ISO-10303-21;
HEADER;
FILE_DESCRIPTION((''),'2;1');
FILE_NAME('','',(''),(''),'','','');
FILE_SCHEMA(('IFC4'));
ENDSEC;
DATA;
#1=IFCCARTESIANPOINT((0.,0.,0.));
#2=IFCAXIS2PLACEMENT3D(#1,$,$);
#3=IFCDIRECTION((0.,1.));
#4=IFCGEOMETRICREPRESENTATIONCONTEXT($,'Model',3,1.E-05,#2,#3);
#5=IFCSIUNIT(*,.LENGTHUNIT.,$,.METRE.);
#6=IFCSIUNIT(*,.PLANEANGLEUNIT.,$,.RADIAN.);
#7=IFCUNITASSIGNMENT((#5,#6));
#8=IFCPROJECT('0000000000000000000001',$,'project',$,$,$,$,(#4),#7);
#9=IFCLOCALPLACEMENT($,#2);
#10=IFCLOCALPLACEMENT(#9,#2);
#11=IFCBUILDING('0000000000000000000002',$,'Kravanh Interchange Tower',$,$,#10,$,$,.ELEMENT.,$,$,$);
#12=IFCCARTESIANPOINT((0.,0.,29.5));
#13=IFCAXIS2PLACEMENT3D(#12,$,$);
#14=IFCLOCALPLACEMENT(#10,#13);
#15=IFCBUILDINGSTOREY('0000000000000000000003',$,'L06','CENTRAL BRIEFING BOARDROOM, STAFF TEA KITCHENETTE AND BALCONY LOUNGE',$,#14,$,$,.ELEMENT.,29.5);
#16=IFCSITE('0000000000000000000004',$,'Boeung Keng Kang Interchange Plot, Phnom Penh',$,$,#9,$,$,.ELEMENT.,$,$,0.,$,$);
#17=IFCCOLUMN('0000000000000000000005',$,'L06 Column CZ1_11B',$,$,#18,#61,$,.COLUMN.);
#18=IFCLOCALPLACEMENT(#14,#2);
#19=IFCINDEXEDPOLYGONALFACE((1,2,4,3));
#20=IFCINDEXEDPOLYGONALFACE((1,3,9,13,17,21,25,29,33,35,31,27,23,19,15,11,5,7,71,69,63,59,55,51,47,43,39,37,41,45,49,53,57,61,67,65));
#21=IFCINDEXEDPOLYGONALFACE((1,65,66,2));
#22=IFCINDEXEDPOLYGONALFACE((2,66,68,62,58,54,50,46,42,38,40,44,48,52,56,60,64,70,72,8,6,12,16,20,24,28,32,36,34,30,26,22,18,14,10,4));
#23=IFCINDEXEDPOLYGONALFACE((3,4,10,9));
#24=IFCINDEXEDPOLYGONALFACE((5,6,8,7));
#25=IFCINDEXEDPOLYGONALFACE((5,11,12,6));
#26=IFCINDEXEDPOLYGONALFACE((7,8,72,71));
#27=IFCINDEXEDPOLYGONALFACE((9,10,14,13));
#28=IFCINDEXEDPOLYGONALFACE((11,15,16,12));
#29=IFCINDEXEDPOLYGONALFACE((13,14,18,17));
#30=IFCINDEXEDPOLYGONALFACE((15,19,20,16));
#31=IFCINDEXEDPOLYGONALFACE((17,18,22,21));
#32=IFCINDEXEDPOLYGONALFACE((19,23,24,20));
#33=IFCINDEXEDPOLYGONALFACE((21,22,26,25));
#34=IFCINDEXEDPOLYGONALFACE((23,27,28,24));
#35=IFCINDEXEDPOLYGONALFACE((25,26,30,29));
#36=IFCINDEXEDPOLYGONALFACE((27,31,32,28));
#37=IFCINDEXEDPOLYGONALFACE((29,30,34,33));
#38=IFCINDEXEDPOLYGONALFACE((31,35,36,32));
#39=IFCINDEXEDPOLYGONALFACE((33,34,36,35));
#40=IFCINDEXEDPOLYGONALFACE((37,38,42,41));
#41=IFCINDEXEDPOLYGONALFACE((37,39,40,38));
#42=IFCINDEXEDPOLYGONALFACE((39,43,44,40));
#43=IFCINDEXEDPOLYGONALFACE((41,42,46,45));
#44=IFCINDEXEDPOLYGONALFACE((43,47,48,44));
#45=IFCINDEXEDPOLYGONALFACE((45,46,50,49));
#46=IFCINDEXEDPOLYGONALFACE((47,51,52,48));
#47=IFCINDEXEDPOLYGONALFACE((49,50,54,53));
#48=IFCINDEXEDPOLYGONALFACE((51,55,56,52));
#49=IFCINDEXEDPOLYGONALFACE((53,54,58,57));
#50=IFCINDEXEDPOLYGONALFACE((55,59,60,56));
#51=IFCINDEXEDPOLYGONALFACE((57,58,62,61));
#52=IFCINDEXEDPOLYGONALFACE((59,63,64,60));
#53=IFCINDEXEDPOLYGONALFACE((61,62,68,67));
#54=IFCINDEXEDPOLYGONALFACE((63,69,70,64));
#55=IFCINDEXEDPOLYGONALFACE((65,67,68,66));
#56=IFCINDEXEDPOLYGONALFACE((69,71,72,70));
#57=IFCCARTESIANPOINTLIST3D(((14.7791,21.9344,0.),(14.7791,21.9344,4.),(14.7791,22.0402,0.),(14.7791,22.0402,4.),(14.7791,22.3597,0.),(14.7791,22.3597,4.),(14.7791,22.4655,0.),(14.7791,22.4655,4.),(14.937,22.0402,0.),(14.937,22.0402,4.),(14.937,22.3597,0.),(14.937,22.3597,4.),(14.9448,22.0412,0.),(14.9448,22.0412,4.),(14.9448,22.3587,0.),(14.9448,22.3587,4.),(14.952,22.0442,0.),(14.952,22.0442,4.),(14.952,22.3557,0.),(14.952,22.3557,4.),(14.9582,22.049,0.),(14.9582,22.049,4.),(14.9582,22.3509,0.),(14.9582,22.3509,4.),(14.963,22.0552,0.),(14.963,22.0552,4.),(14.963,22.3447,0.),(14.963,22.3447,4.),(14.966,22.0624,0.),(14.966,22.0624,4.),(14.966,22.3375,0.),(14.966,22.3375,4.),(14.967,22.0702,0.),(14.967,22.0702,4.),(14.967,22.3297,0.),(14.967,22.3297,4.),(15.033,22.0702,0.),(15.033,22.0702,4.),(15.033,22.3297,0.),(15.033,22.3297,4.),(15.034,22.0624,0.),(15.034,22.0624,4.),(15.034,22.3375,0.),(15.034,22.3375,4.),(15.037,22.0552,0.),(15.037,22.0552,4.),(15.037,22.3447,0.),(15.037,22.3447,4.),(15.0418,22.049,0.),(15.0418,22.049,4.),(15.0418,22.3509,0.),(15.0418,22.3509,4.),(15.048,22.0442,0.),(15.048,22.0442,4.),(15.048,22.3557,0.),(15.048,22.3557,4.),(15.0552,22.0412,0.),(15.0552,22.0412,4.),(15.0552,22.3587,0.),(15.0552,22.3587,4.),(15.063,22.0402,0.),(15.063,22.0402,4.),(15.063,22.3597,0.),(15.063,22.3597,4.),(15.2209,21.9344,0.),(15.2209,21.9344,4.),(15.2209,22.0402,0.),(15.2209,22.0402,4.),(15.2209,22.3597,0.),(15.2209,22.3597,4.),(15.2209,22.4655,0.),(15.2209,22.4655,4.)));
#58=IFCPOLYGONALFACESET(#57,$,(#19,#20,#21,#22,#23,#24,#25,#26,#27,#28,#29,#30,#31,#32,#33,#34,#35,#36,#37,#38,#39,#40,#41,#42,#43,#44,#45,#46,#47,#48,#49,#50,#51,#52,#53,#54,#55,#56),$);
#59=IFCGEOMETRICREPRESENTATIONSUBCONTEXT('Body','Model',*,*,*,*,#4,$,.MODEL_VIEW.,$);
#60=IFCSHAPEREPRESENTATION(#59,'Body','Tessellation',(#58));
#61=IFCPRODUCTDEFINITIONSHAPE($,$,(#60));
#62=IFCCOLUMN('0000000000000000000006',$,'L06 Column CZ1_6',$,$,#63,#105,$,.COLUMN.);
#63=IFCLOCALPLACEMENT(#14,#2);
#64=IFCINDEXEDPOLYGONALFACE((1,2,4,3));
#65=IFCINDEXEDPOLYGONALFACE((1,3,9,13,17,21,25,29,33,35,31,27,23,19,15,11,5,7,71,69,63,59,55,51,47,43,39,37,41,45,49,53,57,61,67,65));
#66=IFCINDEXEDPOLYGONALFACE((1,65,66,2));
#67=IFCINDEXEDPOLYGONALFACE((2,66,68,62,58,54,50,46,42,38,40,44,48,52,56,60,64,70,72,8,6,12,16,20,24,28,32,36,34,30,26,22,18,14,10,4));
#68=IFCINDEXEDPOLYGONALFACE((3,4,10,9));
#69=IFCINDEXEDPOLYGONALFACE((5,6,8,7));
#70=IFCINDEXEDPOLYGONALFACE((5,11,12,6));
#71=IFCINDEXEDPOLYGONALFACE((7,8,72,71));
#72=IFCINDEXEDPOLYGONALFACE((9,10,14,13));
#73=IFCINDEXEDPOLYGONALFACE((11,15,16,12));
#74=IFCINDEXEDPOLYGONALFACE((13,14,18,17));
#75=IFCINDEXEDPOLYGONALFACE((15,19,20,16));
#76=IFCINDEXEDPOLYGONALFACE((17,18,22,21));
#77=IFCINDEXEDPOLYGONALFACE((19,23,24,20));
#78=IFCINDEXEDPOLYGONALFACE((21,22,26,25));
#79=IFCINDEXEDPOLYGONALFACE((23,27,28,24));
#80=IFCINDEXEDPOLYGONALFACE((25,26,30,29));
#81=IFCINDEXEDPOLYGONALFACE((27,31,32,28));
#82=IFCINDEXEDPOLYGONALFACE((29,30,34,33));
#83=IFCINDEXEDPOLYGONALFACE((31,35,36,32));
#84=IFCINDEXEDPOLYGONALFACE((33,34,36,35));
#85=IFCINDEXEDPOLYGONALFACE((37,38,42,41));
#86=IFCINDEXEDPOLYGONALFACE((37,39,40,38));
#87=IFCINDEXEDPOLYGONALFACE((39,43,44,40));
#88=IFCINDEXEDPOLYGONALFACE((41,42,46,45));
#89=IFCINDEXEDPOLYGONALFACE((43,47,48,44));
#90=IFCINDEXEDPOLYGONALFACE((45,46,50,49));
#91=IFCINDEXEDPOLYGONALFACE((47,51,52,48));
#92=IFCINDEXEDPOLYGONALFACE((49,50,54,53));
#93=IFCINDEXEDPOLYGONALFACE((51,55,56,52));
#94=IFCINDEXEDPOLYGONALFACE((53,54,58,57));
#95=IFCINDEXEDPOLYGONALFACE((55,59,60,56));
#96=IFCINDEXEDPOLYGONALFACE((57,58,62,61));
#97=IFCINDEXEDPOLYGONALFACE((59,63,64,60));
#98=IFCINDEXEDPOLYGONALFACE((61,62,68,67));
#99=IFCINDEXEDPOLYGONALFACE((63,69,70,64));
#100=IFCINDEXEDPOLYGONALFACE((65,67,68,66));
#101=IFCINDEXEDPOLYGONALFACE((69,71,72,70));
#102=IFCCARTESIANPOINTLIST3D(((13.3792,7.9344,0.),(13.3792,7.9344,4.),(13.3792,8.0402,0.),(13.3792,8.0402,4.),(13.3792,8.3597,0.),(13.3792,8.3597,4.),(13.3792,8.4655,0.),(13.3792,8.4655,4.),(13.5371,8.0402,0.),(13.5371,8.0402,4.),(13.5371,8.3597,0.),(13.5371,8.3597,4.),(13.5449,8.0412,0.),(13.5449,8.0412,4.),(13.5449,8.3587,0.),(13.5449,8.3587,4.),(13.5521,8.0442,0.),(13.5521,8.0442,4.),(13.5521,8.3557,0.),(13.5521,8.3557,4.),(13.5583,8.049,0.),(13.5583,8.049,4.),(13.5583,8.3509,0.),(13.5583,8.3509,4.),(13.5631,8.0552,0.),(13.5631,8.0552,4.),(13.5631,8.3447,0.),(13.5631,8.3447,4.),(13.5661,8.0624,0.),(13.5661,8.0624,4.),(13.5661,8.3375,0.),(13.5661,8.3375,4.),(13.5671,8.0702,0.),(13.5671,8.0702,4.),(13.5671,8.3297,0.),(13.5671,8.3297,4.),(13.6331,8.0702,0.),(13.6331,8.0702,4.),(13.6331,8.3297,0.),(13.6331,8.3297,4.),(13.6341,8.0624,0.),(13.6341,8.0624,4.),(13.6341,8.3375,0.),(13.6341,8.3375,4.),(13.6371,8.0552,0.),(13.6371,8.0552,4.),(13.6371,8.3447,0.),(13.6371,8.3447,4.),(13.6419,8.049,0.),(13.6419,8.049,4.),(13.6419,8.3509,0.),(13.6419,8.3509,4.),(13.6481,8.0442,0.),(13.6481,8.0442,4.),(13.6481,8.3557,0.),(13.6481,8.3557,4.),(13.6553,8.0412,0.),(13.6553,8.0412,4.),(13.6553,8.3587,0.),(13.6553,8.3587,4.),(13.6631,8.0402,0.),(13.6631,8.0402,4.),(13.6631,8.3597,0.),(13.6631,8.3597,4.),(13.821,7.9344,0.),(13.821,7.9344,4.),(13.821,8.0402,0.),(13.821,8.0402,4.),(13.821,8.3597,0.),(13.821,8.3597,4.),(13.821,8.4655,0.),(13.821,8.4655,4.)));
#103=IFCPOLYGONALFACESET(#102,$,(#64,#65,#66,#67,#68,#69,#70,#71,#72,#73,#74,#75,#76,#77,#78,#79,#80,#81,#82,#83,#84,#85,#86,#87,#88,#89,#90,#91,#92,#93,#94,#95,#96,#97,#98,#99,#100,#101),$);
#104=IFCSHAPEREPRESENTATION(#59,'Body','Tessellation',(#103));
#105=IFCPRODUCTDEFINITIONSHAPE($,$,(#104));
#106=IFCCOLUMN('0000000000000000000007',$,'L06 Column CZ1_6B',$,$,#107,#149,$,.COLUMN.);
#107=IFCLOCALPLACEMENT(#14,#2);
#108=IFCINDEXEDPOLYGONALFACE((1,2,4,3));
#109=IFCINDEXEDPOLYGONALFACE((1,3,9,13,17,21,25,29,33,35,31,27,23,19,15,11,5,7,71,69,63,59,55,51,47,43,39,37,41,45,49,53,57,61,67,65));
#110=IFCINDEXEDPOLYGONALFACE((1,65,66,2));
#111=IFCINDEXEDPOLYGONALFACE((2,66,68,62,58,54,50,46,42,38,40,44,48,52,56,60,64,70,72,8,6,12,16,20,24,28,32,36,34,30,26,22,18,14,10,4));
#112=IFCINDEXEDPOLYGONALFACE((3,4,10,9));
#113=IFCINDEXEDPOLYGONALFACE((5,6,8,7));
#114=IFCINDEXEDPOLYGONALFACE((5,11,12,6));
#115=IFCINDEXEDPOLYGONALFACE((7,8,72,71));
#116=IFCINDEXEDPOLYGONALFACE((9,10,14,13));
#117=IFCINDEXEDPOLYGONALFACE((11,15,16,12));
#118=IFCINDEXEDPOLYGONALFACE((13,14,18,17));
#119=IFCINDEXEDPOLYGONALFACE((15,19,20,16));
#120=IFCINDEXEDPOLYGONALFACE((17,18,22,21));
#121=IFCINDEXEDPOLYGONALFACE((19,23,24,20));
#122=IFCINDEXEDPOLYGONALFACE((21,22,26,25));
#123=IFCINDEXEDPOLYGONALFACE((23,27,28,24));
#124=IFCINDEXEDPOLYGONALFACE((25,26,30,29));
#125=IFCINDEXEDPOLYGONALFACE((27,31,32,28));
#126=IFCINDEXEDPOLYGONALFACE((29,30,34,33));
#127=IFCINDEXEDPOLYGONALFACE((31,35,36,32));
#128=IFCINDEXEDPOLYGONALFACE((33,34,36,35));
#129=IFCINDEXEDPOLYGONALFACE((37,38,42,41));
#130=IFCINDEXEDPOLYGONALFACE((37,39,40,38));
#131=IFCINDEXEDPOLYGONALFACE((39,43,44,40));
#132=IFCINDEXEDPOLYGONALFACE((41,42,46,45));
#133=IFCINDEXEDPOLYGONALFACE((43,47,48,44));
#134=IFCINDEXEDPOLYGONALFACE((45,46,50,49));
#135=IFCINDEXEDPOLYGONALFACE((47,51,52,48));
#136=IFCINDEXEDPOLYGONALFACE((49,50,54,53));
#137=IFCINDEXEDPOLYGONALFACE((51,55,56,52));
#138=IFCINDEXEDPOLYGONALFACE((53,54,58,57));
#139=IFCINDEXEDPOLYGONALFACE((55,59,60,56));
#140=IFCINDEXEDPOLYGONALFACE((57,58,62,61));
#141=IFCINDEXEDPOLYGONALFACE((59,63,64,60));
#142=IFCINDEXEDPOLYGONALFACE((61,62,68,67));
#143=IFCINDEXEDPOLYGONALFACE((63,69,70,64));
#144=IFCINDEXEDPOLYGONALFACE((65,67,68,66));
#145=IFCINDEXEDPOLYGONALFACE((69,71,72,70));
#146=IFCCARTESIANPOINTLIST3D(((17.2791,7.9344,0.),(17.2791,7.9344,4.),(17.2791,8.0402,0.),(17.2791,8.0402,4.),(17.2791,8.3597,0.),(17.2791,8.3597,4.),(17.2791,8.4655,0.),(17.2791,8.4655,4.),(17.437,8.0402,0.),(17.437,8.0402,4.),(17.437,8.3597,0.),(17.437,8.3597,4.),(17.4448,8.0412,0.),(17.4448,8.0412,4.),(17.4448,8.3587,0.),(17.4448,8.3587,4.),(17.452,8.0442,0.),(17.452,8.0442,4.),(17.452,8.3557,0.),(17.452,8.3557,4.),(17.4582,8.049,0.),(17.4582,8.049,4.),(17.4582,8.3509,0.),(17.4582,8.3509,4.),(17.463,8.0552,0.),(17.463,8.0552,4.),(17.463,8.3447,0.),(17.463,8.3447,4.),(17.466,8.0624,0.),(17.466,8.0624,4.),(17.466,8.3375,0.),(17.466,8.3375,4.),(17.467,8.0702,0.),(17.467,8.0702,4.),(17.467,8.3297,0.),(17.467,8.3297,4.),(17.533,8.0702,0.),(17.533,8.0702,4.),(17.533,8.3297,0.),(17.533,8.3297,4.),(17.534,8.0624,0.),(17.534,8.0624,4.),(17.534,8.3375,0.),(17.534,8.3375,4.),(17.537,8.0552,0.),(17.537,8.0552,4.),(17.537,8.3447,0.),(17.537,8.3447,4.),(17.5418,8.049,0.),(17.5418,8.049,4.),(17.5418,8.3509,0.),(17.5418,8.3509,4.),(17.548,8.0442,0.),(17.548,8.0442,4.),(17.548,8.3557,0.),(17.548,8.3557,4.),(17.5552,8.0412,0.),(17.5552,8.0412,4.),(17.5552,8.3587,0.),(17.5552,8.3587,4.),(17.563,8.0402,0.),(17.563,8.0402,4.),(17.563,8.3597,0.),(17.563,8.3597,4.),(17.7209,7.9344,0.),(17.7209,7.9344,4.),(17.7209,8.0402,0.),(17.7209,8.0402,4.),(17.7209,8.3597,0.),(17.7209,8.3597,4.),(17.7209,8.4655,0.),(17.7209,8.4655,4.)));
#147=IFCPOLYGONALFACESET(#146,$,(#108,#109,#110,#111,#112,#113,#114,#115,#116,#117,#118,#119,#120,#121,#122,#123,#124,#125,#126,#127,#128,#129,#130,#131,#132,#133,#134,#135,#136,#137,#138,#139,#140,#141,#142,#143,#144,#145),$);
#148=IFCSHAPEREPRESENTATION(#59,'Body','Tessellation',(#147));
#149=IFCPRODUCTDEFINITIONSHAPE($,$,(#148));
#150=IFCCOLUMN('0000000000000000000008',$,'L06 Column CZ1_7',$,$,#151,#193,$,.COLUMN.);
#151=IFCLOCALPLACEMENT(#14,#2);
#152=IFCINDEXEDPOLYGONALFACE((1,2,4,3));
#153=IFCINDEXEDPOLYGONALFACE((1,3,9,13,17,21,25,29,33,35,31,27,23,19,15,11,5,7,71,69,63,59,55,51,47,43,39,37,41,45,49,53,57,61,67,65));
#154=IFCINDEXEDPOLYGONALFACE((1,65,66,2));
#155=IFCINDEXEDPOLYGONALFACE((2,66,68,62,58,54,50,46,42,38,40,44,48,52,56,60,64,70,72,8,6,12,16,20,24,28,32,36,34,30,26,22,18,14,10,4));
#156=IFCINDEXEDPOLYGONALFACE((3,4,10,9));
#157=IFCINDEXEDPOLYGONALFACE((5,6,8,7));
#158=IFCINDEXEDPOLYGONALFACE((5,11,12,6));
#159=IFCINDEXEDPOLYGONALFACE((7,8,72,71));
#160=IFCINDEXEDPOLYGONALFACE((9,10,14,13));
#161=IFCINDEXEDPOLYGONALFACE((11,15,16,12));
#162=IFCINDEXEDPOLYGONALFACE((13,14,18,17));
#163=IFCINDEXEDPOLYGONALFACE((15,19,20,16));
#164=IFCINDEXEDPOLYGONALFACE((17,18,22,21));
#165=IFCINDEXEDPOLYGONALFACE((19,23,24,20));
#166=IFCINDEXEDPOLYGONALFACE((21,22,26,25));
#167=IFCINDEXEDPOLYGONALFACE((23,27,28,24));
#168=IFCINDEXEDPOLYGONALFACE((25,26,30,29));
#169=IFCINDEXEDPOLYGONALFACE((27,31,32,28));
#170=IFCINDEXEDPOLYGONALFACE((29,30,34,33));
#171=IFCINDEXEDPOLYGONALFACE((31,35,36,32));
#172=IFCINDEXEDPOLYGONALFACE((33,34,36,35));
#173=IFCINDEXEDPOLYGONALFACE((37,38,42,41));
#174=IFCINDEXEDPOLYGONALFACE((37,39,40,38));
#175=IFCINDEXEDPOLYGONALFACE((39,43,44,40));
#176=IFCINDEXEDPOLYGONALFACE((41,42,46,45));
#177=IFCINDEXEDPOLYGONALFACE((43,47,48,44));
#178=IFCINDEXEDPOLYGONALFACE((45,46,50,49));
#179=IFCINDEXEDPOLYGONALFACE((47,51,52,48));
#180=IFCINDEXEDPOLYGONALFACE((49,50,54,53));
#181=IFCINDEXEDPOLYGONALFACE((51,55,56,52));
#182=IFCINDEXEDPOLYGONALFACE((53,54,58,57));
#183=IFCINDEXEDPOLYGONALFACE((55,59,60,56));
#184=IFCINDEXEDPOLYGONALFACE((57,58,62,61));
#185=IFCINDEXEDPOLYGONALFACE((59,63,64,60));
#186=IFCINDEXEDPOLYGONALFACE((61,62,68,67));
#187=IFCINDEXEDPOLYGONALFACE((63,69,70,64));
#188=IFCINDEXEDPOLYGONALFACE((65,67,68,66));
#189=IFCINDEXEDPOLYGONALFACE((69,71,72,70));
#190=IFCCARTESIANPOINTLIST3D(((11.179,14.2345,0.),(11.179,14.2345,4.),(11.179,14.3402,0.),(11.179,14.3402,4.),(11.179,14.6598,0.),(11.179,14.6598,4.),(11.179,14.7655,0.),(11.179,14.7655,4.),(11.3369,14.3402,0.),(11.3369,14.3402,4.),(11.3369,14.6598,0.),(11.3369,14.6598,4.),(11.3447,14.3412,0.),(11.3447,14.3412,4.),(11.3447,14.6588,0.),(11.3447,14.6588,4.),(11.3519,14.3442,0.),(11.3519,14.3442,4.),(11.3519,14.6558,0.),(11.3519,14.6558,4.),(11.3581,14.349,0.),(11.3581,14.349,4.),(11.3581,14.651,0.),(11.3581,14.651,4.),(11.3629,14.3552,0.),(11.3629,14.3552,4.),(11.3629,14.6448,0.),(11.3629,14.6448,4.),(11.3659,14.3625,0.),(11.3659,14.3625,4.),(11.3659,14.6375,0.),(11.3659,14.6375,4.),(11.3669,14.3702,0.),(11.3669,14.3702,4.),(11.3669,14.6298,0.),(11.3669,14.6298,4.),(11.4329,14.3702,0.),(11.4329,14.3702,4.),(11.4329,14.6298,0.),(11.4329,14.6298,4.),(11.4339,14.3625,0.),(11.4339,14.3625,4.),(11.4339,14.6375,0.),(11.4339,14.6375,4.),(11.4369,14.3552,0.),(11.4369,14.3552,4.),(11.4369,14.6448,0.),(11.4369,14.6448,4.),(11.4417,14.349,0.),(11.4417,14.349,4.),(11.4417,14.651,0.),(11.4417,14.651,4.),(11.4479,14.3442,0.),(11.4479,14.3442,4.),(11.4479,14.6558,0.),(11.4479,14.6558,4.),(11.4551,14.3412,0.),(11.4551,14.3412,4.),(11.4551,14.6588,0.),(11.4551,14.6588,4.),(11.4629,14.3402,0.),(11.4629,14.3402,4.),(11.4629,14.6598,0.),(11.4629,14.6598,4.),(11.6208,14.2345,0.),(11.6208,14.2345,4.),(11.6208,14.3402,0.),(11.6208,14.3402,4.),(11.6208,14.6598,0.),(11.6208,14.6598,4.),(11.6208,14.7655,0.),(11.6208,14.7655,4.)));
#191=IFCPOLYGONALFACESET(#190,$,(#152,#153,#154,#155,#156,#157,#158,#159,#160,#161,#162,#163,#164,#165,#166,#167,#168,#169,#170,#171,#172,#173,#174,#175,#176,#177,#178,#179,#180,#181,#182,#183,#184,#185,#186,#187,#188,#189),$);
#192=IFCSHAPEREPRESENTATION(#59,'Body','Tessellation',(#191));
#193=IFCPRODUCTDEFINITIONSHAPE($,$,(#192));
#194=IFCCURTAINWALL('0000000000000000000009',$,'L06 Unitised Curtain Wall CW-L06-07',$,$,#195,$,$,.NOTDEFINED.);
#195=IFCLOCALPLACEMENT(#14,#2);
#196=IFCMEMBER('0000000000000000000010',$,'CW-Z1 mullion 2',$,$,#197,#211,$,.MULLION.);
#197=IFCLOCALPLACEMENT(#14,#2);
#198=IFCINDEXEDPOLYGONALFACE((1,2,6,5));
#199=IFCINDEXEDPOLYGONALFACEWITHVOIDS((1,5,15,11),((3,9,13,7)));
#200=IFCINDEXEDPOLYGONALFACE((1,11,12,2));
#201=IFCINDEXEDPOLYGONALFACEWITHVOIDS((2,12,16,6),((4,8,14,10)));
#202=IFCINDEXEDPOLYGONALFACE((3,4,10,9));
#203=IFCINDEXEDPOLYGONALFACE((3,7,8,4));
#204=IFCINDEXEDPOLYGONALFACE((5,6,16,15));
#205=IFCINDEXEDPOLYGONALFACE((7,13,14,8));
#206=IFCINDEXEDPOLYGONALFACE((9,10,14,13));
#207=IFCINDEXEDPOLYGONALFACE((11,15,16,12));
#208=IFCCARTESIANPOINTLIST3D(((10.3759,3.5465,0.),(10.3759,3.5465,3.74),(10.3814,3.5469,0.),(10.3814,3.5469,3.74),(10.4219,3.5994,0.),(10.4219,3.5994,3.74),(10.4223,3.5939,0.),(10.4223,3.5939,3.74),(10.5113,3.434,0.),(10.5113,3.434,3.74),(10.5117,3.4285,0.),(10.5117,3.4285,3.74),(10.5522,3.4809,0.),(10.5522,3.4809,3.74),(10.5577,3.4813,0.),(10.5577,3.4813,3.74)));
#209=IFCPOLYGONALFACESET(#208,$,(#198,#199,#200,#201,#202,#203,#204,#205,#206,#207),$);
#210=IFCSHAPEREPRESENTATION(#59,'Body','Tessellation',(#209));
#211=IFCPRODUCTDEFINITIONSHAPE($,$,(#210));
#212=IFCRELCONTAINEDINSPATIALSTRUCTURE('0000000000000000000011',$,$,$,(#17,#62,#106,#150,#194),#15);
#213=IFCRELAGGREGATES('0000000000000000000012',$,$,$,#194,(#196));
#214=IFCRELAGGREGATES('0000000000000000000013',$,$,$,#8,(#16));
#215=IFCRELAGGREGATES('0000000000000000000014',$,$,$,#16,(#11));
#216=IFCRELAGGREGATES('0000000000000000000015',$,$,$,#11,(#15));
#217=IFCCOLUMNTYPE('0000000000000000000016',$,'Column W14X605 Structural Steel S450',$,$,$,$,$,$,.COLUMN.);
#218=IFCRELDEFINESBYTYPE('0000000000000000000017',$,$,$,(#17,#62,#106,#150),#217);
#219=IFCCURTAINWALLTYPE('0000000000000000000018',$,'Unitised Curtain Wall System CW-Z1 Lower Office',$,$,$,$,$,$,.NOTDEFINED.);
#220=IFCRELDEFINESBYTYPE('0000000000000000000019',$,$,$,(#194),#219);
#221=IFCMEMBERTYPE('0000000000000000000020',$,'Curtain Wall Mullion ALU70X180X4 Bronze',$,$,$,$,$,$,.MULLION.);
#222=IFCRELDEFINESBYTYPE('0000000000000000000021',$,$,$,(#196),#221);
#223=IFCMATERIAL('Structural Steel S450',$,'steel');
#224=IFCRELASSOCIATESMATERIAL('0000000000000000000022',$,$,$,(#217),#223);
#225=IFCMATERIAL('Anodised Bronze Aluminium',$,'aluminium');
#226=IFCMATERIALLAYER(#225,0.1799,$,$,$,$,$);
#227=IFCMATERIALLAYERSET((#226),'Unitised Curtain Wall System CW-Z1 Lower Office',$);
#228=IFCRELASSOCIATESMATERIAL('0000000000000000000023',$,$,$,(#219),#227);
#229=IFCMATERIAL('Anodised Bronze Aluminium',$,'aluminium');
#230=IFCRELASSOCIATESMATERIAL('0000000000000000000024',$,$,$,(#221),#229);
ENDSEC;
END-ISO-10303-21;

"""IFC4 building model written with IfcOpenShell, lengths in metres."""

from ifc_helpers import new_model, si_unit, direction, frame, origin, origin_2d, place, context, subcontext, project, spatial, hollow_rectangle, i_section, extrude, material, layer, layer_set, material_profile, profile_set, type_object, element, aggregate, save


model = new_model("IFC4")

# Units and contexts
model_context = context("Model", 3, precision=1e-05, world=origin(), true_north=direction((0.0, 1.0)))
body_context = subcontext(model_context, "Body", "Model", "MODEL_VIEW")
ifc_project = project(units=[si_unit("LENGTHUNIT", "METRE"), si_unit("PLANEANGLEUNIT", "RADIAN")], contexts=[model_context])

# Site, building, storey
site_placement = place(None, origin())
site = spatial("IfcSite", under=ifc_project, at=site_placement, Name="Boeung Keng Kang Interchange Plot, Phnom Penh", CompositionType="ELEMENT", RefElevation=0.0)
building_placement = place(site_placement, origin())
building = spatial("IfcBuilding", under=site, at=building_placement, Name="Kravanh Interchange Tower", CompositionType="ELEMENT")
storey_placement = place(building_placement, frame((0.0, 0.0, 29.5)))
storey = spatial("IfcBuildingStorey", under=building, at=storey_placement, Name="L06", Description="CENTRAL BRIEFING BOARDROOM, STAFF TEA KITCHENETTE AND BALCONY LOUNGE", CompositionType="ELEMENT", Elevation=29.5)

# Columns
ifc_material_1 = material(Name="Structural Steel S450", Category="steel")
ifc_material_profile_1 = material_profile(ifc_material_1, i_section(OverallWidth=0.4419, OverallDepth=0.531, WebThickness=0.0659, FlangeThickness=0.1057, FilletRadius=0.03, at=origin_2d()), Name="W14X605")
ifc_profile_set_1 = profile_set([ifc_material_profile_1], Name="Structural Steel S450")
column_type = type_object("IfcColumnType", Name="Column W14X605 Structural Steel S450", PredefinedType="COLUMN", material=ifc_profile_set_1)
for number, where, z_axis, x_axis, name in (
    (1, (15.0, 22.2, 0.0), (0.0, 0.0, 1.0), (1.0, 0.0, 0.0), "L06 Column CZ1_11B"),
    (2, (13.6001, 8.2, 0.0), (0.0, 0.0, 1.0), (1.0, 0.0, 0.0), "L06 Column CZ1_6"),
    (3, (17.5, 8.2, 0.0), (0.0, 0.0, 1.0), (1.0, 0.0, 0.0), "L06 Column CZ1_6B"),
    (4, (11.3999, 14.5, 0.0), (0.0, 0.0, 1.0), (1.0, 0.0, 0.0), "L06 Column CZ1_7"),
):
    element("IfcColumn", number, at=place(storey_placement, frame(where, z_axis=z_axis, x_axis=x_axis)), inside=storey, type_object=column_type, Name=name, PredefinedType="COLUMN", context=body_context, shape_type="SweptSolid", body=[
        extrude(i_section(OverallWidth=0.4419, OverallDepth=0.531, WebThickness=0.0659, FlangeThickness=0.1057, FilletRadius=0.03, at=origin_2d()), origin(), (0.0, 0.0, 1.0), 4.0),
    ])

# Curtain wall, member
ifc_material_2 = material(Name="Anodised Bronze Aluminium", Category="aluminium")
ifc_layer_1 = layer(ifc_material_2, 0.1799)
ifc_layer_set_1 = layer_set([ifc_layer_1], Name="Unitised Curtain Wall System CW-Z1 Lower Office")
curtain_wall_type = type_object("IfcCurtainWallType", Name="Unitised Curtain Wall System CW-Z1 Lower Office", PredefinedType="NOTDEFINED", material=ifc_layer_set_1)
curtain_wall_placement = place(storey_placement, origin())
curtain_wall = element("IfcCurtainWall", 5, at=curtain_wall_placement, inside=storey, type_object=curtain_wall_type, Name="L06 Unitised Curtain Wall CW-L06-07", PredefinedType="NOTDEFINED")
ifc_material_3 = material(Name="Anodised Bronze Aluminium", Category="aluminium")
ifc_material_profile_2 = material_profile(ifc_material_3, hollow_rectangle(XDim=0.0701, YDim=0.1799, WallThickness=0.0039, at=origin_2d()), Name="ALU70X180X4")
ifc_profile_set_2 = profile_set([ifc_material_profile_2], Name="Anodised Bronze Aluminium")
member_type = type_object("IfcMemberType", Name="Curtain Wall Mullion ALU70X180X4 Bronze", PredefinedType="MULLION", material=ifc_profile_set_2)
member_placement = place(storey_placement, frame((10.4668, 3.5139, 0.0), z_axis=(0.0, 0.0, 1.0), x_axis=(-0.65606, -0.754708, 0.0)))
member = element("IfcMember", 6, at=member_placement, type_object=member_type, Name="CW-Z1 mullion 2", PredefinedType="MULLION", context=body_context, shape_type="SweptSolid", body=[
    extrude(hollow_rectangle(XDim=0.0701, YDim=0.1799, WallThickness=0.0039, at=origin_2d()), origin(), (0.0, 0.0, 1.0), 3.74),
])
aggregate(curtain_wall, [member])

save(model, "model.ifc")
